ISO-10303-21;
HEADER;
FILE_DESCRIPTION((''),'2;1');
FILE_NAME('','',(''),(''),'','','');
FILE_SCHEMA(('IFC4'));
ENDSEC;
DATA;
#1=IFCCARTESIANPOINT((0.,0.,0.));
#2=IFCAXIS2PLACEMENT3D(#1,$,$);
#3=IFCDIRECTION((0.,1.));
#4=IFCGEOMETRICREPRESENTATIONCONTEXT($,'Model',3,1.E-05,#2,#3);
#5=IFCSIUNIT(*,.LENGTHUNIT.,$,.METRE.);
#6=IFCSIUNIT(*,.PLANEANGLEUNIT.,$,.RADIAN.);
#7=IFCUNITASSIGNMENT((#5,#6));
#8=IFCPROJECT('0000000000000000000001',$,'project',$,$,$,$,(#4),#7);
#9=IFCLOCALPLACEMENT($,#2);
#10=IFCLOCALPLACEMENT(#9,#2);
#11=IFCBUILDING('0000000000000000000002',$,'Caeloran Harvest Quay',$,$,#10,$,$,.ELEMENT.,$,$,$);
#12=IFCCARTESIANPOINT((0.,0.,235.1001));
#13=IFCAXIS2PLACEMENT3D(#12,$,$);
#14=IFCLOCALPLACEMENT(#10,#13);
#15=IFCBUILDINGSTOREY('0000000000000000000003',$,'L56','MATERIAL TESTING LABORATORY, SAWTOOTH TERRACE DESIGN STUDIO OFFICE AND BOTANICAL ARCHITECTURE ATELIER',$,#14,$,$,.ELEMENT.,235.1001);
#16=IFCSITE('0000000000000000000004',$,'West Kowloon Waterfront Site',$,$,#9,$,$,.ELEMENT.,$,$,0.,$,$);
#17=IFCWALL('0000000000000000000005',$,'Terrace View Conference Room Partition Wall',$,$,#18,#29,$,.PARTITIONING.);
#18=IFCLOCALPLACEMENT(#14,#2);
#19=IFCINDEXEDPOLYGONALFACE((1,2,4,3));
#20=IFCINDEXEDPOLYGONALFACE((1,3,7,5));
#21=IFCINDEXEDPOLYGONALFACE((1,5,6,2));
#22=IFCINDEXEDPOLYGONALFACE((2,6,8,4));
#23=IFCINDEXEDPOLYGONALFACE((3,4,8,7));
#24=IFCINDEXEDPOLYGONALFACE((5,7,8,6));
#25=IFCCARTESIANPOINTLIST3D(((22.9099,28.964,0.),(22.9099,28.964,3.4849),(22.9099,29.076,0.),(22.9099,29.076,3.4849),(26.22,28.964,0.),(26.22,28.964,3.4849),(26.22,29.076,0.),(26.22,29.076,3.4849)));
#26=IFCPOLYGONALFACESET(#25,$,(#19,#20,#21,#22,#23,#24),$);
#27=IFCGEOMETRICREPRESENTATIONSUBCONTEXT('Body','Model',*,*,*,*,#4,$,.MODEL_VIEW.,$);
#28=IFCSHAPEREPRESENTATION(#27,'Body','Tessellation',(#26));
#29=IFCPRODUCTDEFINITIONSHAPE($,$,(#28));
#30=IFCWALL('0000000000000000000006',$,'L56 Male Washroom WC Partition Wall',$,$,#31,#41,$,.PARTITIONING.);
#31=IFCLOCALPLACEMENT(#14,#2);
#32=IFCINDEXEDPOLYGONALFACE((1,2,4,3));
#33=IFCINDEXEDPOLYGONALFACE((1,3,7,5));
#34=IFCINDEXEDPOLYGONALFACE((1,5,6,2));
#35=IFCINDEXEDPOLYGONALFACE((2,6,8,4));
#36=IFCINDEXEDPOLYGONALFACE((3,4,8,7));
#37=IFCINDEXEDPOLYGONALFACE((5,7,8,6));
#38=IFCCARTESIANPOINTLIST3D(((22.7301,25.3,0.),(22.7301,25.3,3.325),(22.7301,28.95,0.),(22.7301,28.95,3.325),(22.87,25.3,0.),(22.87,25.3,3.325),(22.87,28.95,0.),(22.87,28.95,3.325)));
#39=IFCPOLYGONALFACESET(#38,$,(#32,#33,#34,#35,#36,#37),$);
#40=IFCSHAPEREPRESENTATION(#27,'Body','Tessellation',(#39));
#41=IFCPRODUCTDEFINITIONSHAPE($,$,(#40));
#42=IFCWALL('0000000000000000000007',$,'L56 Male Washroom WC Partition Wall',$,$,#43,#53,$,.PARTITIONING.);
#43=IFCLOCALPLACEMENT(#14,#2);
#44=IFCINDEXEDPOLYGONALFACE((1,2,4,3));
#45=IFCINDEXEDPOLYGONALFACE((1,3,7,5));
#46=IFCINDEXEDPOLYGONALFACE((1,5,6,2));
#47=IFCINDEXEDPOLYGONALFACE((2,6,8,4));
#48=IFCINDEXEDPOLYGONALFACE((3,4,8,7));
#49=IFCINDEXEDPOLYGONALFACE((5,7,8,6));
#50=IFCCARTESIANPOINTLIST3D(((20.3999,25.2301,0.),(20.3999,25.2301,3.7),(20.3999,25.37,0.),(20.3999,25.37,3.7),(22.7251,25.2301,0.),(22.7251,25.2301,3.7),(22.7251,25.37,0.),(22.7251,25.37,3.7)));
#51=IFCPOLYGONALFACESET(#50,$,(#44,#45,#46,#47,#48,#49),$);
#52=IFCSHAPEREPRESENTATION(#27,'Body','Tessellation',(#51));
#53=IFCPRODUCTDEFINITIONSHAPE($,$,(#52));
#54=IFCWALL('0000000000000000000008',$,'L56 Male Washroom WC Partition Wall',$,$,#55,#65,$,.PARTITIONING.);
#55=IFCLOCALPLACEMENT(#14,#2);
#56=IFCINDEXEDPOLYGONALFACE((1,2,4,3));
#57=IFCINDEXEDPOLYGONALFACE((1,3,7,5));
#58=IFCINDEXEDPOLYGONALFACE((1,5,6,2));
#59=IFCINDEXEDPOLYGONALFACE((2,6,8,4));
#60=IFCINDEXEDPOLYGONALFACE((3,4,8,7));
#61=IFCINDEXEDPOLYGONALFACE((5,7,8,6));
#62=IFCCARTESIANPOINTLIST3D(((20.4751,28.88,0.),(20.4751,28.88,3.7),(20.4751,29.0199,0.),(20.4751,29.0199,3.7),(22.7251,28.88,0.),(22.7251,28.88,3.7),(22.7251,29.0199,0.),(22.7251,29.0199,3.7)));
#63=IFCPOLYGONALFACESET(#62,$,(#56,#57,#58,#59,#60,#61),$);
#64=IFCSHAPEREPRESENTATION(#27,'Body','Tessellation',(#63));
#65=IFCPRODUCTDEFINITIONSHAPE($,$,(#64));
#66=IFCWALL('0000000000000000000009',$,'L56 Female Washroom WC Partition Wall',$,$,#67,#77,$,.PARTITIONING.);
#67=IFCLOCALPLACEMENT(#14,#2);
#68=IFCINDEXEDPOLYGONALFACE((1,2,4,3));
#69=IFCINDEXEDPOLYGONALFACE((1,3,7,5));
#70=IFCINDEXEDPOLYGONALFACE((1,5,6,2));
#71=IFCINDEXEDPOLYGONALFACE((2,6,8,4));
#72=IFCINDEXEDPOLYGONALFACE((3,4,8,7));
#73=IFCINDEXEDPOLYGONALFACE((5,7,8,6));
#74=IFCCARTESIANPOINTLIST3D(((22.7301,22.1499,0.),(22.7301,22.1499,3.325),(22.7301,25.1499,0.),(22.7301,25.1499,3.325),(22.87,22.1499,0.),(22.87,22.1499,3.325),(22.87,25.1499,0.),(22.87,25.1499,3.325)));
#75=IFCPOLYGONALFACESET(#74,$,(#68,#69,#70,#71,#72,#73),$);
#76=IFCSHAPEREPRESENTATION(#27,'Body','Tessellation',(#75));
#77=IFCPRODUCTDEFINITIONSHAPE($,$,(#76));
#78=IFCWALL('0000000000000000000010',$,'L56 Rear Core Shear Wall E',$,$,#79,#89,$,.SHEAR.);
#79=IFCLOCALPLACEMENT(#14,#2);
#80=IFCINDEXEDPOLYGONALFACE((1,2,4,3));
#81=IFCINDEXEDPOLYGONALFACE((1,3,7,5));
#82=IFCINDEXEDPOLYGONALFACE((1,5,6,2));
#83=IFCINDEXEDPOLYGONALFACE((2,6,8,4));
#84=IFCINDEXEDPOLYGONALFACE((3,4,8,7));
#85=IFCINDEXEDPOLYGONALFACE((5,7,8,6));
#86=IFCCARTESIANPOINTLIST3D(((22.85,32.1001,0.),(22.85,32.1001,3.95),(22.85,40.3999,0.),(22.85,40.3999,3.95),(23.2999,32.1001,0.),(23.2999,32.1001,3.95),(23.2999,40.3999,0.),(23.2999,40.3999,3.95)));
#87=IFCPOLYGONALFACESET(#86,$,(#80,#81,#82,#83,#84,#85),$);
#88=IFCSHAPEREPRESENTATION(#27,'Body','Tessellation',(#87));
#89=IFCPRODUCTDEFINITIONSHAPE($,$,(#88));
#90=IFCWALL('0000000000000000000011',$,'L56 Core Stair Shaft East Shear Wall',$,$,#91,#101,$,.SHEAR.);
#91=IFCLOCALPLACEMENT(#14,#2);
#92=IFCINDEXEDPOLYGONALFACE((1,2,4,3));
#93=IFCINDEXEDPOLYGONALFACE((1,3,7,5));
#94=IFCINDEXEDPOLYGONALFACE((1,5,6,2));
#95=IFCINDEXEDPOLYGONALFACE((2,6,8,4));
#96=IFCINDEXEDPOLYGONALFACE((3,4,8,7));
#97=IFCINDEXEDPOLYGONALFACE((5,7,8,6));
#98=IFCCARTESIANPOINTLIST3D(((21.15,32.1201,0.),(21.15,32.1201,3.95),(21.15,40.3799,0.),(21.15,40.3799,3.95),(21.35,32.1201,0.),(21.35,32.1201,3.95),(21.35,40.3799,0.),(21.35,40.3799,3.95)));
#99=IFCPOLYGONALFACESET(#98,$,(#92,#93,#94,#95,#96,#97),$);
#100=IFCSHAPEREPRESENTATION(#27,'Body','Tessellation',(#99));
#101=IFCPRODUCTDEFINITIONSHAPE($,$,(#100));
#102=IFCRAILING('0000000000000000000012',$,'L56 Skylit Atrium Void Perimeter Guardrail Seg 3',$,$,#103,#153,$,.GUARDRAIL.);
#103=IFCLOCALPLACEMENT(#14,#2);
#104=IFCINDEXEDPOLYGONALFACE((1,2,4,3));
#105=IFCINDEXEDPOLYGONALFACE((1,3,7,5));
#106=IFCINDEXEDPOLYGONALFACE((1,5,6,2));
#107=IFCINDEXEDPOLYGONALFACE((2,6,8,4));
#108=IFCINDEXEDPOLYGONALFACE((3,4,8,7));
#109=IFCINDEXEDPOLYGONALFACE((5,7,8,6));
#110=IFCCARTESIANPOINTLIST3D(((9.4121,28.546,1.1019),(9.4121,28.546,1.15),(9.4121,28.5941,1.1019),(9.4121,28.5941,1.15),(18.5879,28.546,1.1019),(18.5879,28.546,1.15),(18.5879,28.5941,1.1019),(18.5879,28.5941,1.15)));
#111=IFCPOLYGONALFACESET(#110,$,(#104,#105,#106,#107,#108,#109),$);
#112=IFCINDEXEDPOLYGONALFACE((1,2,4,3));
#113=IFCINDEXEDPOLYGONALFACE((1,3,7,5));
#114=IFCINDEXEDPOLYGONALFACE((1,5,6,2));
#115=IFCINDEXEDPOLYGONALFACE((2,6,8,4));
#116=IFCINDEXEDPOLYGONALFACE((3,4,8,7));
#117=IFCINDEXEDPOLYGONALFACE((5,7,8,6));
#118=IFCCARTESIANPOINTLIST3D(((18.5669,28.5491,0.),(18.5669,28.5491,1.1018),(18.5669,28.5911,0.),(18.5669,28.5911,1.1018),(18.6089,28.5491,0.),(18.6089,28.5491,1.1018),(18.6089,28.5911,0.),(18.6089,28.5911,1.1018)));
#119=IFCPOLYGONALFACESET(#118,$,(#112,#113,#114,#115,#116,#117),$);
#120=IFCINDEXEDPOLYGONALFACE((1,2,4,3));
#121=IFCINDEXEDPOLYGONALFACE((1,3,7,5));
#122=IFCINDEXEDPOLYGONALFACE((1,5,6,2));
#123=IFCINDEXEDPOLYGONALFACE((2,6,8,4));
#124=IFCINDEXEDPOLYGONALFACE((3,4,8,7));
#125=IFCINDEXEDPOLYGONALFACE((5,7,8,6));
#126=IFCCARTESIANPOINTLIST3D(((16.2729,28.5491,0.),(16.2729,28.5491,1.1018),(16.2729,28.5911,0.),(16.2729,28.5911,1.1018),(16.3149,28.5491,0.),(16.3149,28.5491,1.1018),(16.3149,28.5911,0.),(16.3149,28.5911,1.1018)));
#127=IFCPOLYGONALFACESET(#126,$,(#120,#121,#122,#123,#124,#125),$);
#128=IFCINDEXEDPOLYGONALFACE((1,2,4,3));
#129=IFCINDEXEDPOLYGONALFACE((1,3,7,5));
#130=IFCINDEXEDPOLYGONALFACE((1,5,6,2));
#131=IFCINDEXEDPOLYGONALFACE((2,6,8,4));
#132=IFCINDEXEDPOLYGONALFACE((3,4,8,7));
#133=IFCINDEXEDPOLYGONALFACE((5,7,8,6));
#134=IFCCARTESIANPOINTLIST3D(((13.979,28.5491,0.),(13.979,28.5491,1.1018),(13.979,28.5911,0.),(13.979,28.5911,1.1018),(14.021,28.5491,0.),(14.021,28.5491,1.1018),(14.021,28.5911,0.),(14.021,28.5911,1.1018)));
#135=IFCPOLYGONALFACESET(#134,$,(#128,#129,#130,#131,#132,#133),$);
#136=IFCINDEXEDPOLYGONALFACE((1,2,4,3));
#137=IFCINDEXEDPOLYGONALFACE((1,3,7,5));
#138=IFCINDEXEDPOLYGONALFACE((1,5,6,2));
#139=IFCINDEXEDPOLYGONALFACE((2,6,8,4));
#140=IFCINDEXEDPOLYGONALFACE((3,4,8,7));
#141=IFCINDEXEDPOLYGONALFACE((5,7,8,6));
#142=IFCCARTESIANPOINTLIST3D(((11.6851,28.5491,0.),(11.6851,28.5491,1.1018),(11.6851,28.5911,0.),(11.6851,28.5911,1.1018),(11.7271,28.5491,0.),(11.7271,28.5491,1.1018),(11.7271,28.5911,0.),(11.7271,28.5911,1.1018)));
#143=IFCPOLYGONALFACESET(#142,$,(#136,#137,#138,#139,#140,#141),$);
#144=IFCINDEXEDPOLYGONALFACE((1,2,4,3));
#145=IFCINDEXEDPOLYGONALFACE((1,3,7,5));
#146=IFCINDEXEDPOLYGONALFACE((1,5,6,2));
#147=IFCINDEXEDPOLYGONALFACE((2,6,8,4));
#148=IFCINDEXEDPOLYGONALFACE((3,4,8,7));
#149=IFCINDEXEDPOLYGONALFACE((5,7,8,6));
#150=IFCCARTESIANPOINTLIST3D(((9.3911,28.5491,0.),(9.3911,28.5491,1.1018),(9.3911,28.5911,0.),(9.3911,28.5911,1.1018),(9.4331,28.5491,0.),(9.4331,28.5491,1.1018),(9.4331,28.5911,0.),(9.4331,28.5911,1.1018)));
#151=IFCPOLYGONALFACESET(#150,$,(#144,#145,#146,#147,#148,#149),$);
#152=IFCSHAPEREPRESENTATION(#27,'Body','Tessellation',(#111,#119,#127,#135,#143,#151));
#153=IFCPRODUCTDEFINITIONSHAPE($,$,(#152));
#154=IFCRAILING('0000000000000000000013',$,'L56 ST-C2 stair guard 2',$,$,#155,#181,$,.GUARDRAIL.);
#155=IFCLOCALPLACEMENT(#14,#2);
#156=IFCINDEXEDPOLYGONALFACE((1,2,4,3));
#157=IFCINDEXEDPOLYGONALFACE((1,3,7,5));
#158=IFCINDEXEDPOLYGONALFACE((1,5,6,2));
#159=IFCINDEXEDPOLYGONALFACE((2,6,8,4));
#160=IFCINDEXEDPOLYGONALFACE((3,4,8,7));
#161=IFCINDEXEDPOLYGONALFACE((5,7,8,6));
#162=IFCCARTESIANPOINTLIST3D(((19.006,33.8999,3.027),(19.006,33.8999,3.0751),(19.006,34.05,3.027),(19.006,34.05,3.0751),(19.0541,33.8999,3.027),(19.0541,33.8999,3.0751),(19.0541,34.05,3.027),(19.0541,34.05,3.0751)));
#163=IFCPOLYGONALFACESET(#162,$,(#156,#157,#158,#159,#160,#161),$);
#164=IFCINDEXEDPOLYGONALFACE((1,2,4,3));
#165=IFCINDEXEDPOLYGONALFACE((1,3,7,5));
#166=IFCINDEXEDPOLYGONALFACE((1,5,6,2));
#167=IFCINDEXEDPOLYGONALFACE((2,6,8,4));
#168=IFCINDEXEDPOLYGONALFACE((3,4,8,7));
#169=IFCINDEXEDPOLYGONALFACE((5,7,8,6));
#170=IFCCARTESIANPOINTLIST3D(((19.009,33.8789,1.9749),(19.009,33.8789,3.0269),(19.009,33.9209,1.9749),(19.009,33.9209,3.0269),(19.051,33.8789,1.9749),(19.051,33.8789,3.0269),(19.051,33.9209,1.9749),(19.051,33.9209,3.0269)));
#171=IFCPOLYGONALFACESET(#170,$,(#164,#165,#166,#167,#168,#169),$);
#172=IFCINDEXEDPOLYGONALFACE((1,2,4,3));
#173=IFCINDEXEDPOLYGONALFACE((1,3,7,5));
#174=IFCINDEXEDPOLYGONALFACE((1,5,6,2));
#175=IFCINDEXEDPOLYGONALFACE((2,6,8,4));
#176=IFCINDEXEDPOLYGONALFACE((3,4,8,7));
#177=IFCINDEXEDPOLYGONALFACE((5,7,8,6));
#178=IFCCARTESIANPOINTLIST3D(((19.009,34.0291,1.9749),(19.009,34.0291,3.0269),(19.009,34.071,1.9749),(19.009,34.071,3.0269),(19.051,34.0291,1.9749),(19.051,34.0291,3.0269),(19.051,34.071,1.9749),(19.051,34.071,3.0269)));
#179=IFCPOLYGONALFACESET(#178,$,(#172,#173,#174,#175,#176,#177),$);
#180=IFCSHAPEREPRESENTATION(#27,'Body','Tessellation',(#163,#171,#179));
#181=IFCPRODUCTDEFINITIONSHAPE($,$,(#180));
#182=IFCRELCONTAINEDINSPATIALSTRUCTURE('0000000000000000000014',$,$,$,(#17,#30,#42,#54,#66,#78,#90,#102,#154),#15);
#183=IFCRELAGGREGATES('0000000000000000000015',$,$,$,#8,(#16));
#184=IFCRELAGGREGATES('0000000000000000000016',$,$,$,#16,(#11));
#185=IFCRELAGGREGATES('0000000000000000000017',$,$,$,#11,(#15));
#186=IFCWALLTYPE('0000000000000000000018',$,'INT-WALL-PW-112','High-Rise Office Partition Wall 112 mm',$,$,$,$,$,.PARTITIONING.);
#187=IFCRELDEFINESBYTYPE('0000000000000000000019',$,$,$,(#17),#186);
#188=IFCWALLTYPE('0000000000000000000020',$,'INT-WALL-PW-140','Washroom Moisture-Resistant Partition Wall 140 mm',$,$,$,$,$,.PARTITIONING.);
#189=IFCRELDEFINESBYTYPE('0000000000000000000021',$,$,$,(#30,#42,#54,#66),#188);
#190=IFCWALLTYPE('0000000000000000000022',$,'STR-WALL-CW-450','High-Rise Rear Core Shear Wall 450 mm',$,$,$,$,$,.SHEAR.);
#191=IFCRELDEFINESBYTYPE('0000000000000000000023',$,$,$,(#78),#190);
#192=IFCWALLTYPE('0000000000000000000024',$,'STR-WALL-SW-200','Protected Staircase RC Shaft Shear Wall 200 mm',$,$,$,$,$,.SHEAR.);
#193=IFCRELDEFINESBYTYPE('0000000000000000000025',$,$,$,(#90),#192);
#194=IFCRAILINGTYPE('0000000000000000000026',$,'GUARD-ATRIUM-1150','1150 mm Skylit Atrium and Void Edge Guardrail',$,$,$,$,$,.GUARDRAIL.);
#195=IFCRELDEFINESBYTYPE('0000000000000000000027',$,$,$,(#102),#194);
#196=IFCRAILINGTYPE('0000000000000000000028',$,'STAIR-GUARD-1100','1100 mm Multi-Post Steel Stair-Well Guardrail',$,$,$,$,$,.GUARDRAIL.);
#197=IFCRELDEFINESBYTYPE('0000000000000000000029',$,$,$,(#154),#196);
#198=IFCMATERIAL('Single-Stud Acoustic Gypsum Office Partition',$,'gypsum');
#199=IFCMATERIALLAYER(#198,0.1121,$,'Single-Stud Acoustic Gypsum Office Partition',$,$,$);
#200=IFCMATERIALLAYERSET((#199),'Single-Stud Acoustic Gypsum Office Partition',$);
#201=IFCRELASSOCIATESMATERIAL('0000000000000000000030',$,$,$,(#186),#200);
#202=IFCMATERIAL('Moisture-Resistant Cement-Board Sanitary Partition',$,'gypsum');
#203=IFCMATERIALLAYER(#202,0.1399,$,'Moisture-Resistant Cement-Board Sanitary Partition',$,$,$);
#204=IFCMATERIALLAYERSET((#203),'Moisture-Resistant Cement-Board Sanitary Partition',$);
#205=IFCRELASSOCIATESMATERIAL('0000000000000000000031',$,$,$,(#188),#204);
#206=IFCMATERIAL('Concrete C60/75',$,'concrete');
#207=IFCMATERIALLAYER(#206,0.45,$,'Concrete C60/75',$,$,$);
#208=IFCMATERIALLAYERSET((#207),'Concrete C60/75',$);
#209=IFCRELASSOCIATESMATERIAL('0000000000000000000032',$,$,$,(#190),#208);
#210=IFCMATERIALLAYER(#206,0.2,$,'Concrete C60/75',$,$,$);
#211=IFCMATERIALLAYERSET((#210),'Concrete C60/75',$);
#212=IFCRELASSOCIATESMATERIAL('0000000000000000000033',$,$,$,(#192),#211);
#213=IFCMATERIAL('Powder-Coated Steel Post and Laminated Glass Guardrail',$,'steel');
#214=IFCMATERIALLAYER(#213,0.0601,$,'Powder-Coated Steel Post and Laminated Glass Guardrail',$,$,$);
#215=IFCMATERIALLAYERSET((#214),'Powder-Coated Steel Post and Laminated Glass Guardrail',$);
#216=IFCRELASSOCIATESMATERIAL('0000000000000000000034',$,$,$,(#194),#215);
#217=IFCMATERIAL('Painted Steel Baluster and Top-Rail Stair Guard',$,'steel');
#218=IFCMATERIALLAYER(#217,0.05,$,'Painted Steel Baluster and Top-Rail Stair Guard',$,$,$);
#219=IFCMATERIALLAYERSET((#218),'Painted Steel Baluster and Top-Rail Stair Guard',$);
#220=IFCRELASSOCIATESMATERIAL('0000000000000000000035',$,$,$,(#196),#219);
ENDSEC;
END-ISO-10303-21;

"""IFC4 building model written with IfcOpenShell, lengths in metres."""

from ifc_helpers import new_model, si_unit, direction, frame, frame_2d, origin, origin_2d, place, context, subcontext, project, spatial, rectangle, extrude, material, layer, layer_set, type_object, element, save


model = new_model("IFC4")

# Units and contexts
model_context = context("Model", 3, precision=1e-05, world=origin(), true_north=direction((0.0, 1.0)))
body_context = subcontext(model_context, "Body", "Model", "MODEL_VIEW")
ifc_project = project(units=[si_unit("LENGTHUNIT", "METRE"), si_unit("PLANEANGLEUNIT", "RADIAN")], contexts=[model_context])

# Site, building, storey
site_placement = place(None, origin())
site = spatial("IfcSite", under=ifc_project, at=site_placement, Name="West Kowloon Waterfront Site", CompositionType="ELEMENT", RefElevation=0.0)
building_placement = place(site_placement, origin())
building = spatial("IfcBuilding", under=site, at=building_placement, Name="Caeloran Harvest Quay", CompositionType="ELEMENT")
storey_placement = place(building_placement, frame((0.0, 0.0, 235.1001)))
storey = spatial("IfcBuildingStorey", under=building, at=storey_placement, Name="L56", Description="MATERIAL TESTING LABORATORY, SAWTOOTH TERRACE DESIGN STUDIO OFFICE AND BOTANICAL ARCHITECTURE ATELIER", CompositionType="ELEMENT", Elevation=235.1001)

# Shared definitions
ifc_material_1 = material(Name="Concrete C60/75", Category="concrete")

# Walls
ifc_material_2 = material(Name="Single-Stud Acoustic Gypsum Office Partition", Category="gypsum")
ifc_layer_1 = layer(ifc_material_2, 0.1121, Name="Single-Stud Acoustic Gypsum Office Partition")
ifc_layer_set_1 = layer_set([ifc_layer_1], Name="Single-Stud Acoustic Gypsum Office Partition")
wall_type_1 = type_object("IfcWallType", Name="INT-WALL-PW-112", Description="High-Rise Office Partition Wall 112 mm", PredefinedType="PARTITIONING", material=ifc_layer_set_1)
wall_1_placement = place(storey_placement, frame((22.9099, 29.02, 0.0), z_axis=(0.0, 0.0, 1.0), x_axis=(1.0, 0.0, 0.0)))
element("IfcWall", 1, at=wall_1_placement, inside=storey, type_object=wall_type_1, Name="Terrace View Conference Room Partition Wall", PredefinedType="PARTITIONING", context=body_context, shape_type="SweptSolid", body=[
    extrude(rectangle(XDim=3.3101, YDim=0.1121, at=frame_2d((1.655, 0.0))), origin(), (0.0, 0.0, 1.0), 3.4849),
])
ifc_material_3 = material(Name="Moisture-Resistant Cement-Board Sanitary Partition", Category="gypsum")
ifc_layer_2 = layer(ifc_material_3, 0.1399, Name="Moisture-Resistant Cement-Board Sanitary Partition")
ifc_layer_set_2 = layer_set([ifc_layer_2], Name="Moisture-Resistant Cement-Board Sanitary Partition")
wall_type_2 = type_object("IfcWallType", Name="INT-WALL-PW-140", Description="Washroom Moisture-Resistant Partition Wall 140 mm", PredefinedType="PARTITIONING", material=ifc_layer_set_2)
wall_2_placement = place(storey_placement, frame((22.8, 28.95, 0.0), z_axis=(0.0, 0.0, 1.0), x_axis=(0.0, -1.0, 0.0)))
element("IfcWall", 2, at=wall_2_placement, inside=storey, type_object=wall_type_2, Name="L56 Male Washroom WC Partition Wall", PredefinedType="PARTITIONING", context=body_context, shape_type="SweptSolid", body=[
    extrude(rectangle(XDim=3.6499, YDim=0.1399, at=frame_2d((1.825, 0.0))), origin(), (0.0, 0.0, 1.0), 3.325),
])
wall_3_placement = place(storey_placement, frame((22.7251, 25.3, 0.0), z_axis=(0.0, 0.0, 1.0), x_axis=(-1.0, 0.0, 0.0)))
element("IfcWall", 3, at=wall_3_placement, inside=storey, type_object=wall_type_2, Name="L56 Male Washroom WC Partition Wall", PredefinedType="PARTITIONING", context=body_context, shape_type="SweptSolid", body=[
    extrude(rectangle(XDim=2.3252, YDim=0.1399, at=frame_2d((1.1626, 0.0))), origin(), (0.0, 0.0, 1.0), 3.7),
])

# Walls
wall_4_placement = place(storey_placement, frame((20.4751, 28.95, 0.0), z_axis=(0.0, 0.0, 1.0), x_axis=(1.0, 0.0, 0.0)))
element("IfcWall", 4, at=wall_4_placement, inside=storey, type_object=wall_type_2, Name="L56 Male Washroom WC Partition Wall", PredefinedType="PARTITIONING", context=body_context, shape_type="SweptSolid", body=[
    extrude(rectangle(XDim=2.25, YDim=0.1399, at=frame_2d((1.125, 0.0))), origin(), (0.0, 0.0, 1.0), 3.7),
])
wall_5_placement = place(storey_placement, frame((22.8, 25.1499, 0.0), z_axis=(0.0, 0.0, 1.0), x_axis=(0.0, -1.0, 0.0)))
element("IfcWall", 5, at=wall_5_placement, inside=storey, type_object=wall_type_2, Name="L56 Female Washroom WC Partition Wall", PredefinedType="PARTITIONING", context=body_context, shape_type="SweptSolid", body=[
    extrude(rectangle(XDim=3.0, YDim=0.1399, at=frame_2d((1.5, 0.0))), origin(), (0.0, 0.0, 1.0), 3.325),
])
ifc_layer_3 = layer(ifc_material_1, 0.45, Name="Concrete C60/75")
ifc_layer_set_3 = layer_set([ifc_layer_3], Name="Concrete C60/75")
wall_type_3 = type_object("IfcWallType", Name="STR-WALL-CW-450", Description="High-Rise Rear Core Shear Wall 450 mm", PredefinedType="SHEAR", material=ifc_layer_set_3)
wall_6_placement = place(storey_placement, frame((23.075, 32.1001, 0.0), z_axis=(0.0, 0.0, 1.0), x_axis=(0.0, 1.0, 0.0)))
element("IfcWall", 6, at=wall_6_placement, inside=storey, type_object=wall_type_3, Name="L56 Rear Core Shear Wall E", PredefinedType="SHEAR", context=body_context, shape_type="SweptSolid", body=[
    extrude(rectangle(XDim=8.2998, YDim=0.45, at=frame_2d((4.1499, 0.0))), origin(), (0.0, 0.0, 1.0), 3.95),
])
ifc_layer_4 = layer(ifc_material_1, 0.2, Name="Concrete C60/75")
ifc_layer_set_4 = layer_set([ifc_layer_4], Name="Concrete C60/75")
wall_type_4 = type_object("IfcWallType", Name="STR-WALL-SW-200", Description="Protected Staircase RC Shaft Shear Wall 200 mm", PredefinedType="SHEAR", material=ifc_layer_set_4)
wall_7_placement = place(storey_placement, frame((21.25, 32.1201, 0.0), z_axis=(0.0, 0.0, 1.0), x_axis=(0.0, 1.0, 0.0)))
element("IfcWall", 7, at=wall_7_placement, inside=storey, type_object=wall_type_4, Name="L56 Core Stair Shaft East Shear Wall", PredefinedType="SHEAR", context=body_context, shape_type="SweptSolid", body=[
    extrude(rectangle(XDim=8.2598, YDim=0.2, at=frame_2d((4.1299, 0.0))), origin(), (0.0, 0.0, 1.0), 3.95),
])

# Railings
ifc_material_4 = material(Name="Powder-Coated Steel Post and Laminated Glass Guardrail", Category="steel")
ifc_layer_5 = layer(ifc_material_4, 0.0601, Name="Powder-Coated Steel Post and Laminated Glass Guardrail")
ifc_layer_set_5 = layer_set([ifc_layer_5], Name="Powder-Coated Steel Post and Laminated Glass Guardrail")
railing_type_1 = type_object("IfcRailingType", Name="GUARD-ATRIUM-1150", Description="1150 mm Skylit Atrium and Void Edge Guardrail", PredefinedType="GUARDRAIL", material=ifc_layer_set_5)
railing_1_placement = place(storey_placement, frame((18.5879, 28.5701, 0.0)))
element("IfcRailing", 8, at=railing_1_placement, inside=storey, type_object=railing_type_1, Name="L56 Skylit Atrium Void Perimeter Guardrail Seg 3", PredefinedType="GUARDRAIL", context=body_context, shape_type="SweptSolid", body=[
    extrude(rectangle(XDim=0.0481, YDim=0.0481, at=origin_2d()), frame((0.0, 0.0, 1.126), z_axis=(-1.0, 0.0, 0.0), x_axis=(0.0, -1.0, 0.0)), (0.0, 0.0, 1.0), 9.1758),
    extrude(rectangle(XDim=0.042, YDim=0.042, at=origin_2d()), origin(), (0.0, 0.0, 1.0), 1.1018),
    extrude(rectangle(XDim=0.042, YDim=0.042, at=origin_2d()), frame((-2.2939, 0.0, 0.0)), (0.0, 0.0, 1.0), 1.1018),
    extrude(rectangle(XDim=0.042, YDim=0.042, at=origin_2d()), frame((-4.5879, 0.0, 0.0)), (0.0, 0.0, 1.0), 1.1018),
    extrude(rectangle(XDim=0.042, YDim=0.042, at=origin_2d()), frame((-6.8818, 0.0, 0.0)), (0.0, 0.0, 1.0), 1.1018),
    extrude(rectangle(XDim=0.042, YDim=0.042, at=origin_2d()), frame((-9.1758, 0.0, 0.0)), (0.0, 0.0, 1.0), 1.1018),
])
ifc_material_5 = material(Name="Painted Steel Baluster and Top-Rail Stair Guard", Category="steel")
ifc_layer_6 = layer(ifc_material_5, 0.05, Name="Painted Steel Baluster and Top-Rail Stair Guard")
ifc_layer_set_6 = layer_set([ifc_layer_6], Name="Painted Steel Baluster and Top-Rail Stair Guard")
railing_type_2 = type_object("IfcRailingType", Name="STAIR-GUARD-1100", Description="1100 mm Multi-Post Steel Stair-Well Guardrail", PredefinedType="GUARDRAIL", material=ifc_layer_set_6)
railing_2_placement = place(storey_placement, frame((19.03, 33.8999, 1.9749)))
element("IfcRailing", 9, at=railing_2_placement, inside=storey, type_object=railing_type_2, Name="L56 ST-C2 stair guard 2", PredefinedType="GUARDRAIL", context=body_context, shape_type="SweptSolid", body=[
    extrude(rectangle(XDim=0.0481, YDim=0.0481, at=origin_2d()), frame((0.0, 0.0, 1.0762), z_axis=(0.0, 1.0, 0.0), x_axis=(-1.0, 0.0, 0.0)), (0.0, 0.0, 1.0), 0.1501),
    extrude(rectangle(XDim=0.042, YDim=0.042, at=origin_2d()), origin(), (0.0, 0.0, 1.0), 1.052),
    extrude(rectangle(XDim=0.042, YDim=0.042, at=origin_2d()), frame((0.0, 0.1501, 0.0)), (0.0, 0.0, 1.0), 1.052),
])

save(model, "model.ifc")
